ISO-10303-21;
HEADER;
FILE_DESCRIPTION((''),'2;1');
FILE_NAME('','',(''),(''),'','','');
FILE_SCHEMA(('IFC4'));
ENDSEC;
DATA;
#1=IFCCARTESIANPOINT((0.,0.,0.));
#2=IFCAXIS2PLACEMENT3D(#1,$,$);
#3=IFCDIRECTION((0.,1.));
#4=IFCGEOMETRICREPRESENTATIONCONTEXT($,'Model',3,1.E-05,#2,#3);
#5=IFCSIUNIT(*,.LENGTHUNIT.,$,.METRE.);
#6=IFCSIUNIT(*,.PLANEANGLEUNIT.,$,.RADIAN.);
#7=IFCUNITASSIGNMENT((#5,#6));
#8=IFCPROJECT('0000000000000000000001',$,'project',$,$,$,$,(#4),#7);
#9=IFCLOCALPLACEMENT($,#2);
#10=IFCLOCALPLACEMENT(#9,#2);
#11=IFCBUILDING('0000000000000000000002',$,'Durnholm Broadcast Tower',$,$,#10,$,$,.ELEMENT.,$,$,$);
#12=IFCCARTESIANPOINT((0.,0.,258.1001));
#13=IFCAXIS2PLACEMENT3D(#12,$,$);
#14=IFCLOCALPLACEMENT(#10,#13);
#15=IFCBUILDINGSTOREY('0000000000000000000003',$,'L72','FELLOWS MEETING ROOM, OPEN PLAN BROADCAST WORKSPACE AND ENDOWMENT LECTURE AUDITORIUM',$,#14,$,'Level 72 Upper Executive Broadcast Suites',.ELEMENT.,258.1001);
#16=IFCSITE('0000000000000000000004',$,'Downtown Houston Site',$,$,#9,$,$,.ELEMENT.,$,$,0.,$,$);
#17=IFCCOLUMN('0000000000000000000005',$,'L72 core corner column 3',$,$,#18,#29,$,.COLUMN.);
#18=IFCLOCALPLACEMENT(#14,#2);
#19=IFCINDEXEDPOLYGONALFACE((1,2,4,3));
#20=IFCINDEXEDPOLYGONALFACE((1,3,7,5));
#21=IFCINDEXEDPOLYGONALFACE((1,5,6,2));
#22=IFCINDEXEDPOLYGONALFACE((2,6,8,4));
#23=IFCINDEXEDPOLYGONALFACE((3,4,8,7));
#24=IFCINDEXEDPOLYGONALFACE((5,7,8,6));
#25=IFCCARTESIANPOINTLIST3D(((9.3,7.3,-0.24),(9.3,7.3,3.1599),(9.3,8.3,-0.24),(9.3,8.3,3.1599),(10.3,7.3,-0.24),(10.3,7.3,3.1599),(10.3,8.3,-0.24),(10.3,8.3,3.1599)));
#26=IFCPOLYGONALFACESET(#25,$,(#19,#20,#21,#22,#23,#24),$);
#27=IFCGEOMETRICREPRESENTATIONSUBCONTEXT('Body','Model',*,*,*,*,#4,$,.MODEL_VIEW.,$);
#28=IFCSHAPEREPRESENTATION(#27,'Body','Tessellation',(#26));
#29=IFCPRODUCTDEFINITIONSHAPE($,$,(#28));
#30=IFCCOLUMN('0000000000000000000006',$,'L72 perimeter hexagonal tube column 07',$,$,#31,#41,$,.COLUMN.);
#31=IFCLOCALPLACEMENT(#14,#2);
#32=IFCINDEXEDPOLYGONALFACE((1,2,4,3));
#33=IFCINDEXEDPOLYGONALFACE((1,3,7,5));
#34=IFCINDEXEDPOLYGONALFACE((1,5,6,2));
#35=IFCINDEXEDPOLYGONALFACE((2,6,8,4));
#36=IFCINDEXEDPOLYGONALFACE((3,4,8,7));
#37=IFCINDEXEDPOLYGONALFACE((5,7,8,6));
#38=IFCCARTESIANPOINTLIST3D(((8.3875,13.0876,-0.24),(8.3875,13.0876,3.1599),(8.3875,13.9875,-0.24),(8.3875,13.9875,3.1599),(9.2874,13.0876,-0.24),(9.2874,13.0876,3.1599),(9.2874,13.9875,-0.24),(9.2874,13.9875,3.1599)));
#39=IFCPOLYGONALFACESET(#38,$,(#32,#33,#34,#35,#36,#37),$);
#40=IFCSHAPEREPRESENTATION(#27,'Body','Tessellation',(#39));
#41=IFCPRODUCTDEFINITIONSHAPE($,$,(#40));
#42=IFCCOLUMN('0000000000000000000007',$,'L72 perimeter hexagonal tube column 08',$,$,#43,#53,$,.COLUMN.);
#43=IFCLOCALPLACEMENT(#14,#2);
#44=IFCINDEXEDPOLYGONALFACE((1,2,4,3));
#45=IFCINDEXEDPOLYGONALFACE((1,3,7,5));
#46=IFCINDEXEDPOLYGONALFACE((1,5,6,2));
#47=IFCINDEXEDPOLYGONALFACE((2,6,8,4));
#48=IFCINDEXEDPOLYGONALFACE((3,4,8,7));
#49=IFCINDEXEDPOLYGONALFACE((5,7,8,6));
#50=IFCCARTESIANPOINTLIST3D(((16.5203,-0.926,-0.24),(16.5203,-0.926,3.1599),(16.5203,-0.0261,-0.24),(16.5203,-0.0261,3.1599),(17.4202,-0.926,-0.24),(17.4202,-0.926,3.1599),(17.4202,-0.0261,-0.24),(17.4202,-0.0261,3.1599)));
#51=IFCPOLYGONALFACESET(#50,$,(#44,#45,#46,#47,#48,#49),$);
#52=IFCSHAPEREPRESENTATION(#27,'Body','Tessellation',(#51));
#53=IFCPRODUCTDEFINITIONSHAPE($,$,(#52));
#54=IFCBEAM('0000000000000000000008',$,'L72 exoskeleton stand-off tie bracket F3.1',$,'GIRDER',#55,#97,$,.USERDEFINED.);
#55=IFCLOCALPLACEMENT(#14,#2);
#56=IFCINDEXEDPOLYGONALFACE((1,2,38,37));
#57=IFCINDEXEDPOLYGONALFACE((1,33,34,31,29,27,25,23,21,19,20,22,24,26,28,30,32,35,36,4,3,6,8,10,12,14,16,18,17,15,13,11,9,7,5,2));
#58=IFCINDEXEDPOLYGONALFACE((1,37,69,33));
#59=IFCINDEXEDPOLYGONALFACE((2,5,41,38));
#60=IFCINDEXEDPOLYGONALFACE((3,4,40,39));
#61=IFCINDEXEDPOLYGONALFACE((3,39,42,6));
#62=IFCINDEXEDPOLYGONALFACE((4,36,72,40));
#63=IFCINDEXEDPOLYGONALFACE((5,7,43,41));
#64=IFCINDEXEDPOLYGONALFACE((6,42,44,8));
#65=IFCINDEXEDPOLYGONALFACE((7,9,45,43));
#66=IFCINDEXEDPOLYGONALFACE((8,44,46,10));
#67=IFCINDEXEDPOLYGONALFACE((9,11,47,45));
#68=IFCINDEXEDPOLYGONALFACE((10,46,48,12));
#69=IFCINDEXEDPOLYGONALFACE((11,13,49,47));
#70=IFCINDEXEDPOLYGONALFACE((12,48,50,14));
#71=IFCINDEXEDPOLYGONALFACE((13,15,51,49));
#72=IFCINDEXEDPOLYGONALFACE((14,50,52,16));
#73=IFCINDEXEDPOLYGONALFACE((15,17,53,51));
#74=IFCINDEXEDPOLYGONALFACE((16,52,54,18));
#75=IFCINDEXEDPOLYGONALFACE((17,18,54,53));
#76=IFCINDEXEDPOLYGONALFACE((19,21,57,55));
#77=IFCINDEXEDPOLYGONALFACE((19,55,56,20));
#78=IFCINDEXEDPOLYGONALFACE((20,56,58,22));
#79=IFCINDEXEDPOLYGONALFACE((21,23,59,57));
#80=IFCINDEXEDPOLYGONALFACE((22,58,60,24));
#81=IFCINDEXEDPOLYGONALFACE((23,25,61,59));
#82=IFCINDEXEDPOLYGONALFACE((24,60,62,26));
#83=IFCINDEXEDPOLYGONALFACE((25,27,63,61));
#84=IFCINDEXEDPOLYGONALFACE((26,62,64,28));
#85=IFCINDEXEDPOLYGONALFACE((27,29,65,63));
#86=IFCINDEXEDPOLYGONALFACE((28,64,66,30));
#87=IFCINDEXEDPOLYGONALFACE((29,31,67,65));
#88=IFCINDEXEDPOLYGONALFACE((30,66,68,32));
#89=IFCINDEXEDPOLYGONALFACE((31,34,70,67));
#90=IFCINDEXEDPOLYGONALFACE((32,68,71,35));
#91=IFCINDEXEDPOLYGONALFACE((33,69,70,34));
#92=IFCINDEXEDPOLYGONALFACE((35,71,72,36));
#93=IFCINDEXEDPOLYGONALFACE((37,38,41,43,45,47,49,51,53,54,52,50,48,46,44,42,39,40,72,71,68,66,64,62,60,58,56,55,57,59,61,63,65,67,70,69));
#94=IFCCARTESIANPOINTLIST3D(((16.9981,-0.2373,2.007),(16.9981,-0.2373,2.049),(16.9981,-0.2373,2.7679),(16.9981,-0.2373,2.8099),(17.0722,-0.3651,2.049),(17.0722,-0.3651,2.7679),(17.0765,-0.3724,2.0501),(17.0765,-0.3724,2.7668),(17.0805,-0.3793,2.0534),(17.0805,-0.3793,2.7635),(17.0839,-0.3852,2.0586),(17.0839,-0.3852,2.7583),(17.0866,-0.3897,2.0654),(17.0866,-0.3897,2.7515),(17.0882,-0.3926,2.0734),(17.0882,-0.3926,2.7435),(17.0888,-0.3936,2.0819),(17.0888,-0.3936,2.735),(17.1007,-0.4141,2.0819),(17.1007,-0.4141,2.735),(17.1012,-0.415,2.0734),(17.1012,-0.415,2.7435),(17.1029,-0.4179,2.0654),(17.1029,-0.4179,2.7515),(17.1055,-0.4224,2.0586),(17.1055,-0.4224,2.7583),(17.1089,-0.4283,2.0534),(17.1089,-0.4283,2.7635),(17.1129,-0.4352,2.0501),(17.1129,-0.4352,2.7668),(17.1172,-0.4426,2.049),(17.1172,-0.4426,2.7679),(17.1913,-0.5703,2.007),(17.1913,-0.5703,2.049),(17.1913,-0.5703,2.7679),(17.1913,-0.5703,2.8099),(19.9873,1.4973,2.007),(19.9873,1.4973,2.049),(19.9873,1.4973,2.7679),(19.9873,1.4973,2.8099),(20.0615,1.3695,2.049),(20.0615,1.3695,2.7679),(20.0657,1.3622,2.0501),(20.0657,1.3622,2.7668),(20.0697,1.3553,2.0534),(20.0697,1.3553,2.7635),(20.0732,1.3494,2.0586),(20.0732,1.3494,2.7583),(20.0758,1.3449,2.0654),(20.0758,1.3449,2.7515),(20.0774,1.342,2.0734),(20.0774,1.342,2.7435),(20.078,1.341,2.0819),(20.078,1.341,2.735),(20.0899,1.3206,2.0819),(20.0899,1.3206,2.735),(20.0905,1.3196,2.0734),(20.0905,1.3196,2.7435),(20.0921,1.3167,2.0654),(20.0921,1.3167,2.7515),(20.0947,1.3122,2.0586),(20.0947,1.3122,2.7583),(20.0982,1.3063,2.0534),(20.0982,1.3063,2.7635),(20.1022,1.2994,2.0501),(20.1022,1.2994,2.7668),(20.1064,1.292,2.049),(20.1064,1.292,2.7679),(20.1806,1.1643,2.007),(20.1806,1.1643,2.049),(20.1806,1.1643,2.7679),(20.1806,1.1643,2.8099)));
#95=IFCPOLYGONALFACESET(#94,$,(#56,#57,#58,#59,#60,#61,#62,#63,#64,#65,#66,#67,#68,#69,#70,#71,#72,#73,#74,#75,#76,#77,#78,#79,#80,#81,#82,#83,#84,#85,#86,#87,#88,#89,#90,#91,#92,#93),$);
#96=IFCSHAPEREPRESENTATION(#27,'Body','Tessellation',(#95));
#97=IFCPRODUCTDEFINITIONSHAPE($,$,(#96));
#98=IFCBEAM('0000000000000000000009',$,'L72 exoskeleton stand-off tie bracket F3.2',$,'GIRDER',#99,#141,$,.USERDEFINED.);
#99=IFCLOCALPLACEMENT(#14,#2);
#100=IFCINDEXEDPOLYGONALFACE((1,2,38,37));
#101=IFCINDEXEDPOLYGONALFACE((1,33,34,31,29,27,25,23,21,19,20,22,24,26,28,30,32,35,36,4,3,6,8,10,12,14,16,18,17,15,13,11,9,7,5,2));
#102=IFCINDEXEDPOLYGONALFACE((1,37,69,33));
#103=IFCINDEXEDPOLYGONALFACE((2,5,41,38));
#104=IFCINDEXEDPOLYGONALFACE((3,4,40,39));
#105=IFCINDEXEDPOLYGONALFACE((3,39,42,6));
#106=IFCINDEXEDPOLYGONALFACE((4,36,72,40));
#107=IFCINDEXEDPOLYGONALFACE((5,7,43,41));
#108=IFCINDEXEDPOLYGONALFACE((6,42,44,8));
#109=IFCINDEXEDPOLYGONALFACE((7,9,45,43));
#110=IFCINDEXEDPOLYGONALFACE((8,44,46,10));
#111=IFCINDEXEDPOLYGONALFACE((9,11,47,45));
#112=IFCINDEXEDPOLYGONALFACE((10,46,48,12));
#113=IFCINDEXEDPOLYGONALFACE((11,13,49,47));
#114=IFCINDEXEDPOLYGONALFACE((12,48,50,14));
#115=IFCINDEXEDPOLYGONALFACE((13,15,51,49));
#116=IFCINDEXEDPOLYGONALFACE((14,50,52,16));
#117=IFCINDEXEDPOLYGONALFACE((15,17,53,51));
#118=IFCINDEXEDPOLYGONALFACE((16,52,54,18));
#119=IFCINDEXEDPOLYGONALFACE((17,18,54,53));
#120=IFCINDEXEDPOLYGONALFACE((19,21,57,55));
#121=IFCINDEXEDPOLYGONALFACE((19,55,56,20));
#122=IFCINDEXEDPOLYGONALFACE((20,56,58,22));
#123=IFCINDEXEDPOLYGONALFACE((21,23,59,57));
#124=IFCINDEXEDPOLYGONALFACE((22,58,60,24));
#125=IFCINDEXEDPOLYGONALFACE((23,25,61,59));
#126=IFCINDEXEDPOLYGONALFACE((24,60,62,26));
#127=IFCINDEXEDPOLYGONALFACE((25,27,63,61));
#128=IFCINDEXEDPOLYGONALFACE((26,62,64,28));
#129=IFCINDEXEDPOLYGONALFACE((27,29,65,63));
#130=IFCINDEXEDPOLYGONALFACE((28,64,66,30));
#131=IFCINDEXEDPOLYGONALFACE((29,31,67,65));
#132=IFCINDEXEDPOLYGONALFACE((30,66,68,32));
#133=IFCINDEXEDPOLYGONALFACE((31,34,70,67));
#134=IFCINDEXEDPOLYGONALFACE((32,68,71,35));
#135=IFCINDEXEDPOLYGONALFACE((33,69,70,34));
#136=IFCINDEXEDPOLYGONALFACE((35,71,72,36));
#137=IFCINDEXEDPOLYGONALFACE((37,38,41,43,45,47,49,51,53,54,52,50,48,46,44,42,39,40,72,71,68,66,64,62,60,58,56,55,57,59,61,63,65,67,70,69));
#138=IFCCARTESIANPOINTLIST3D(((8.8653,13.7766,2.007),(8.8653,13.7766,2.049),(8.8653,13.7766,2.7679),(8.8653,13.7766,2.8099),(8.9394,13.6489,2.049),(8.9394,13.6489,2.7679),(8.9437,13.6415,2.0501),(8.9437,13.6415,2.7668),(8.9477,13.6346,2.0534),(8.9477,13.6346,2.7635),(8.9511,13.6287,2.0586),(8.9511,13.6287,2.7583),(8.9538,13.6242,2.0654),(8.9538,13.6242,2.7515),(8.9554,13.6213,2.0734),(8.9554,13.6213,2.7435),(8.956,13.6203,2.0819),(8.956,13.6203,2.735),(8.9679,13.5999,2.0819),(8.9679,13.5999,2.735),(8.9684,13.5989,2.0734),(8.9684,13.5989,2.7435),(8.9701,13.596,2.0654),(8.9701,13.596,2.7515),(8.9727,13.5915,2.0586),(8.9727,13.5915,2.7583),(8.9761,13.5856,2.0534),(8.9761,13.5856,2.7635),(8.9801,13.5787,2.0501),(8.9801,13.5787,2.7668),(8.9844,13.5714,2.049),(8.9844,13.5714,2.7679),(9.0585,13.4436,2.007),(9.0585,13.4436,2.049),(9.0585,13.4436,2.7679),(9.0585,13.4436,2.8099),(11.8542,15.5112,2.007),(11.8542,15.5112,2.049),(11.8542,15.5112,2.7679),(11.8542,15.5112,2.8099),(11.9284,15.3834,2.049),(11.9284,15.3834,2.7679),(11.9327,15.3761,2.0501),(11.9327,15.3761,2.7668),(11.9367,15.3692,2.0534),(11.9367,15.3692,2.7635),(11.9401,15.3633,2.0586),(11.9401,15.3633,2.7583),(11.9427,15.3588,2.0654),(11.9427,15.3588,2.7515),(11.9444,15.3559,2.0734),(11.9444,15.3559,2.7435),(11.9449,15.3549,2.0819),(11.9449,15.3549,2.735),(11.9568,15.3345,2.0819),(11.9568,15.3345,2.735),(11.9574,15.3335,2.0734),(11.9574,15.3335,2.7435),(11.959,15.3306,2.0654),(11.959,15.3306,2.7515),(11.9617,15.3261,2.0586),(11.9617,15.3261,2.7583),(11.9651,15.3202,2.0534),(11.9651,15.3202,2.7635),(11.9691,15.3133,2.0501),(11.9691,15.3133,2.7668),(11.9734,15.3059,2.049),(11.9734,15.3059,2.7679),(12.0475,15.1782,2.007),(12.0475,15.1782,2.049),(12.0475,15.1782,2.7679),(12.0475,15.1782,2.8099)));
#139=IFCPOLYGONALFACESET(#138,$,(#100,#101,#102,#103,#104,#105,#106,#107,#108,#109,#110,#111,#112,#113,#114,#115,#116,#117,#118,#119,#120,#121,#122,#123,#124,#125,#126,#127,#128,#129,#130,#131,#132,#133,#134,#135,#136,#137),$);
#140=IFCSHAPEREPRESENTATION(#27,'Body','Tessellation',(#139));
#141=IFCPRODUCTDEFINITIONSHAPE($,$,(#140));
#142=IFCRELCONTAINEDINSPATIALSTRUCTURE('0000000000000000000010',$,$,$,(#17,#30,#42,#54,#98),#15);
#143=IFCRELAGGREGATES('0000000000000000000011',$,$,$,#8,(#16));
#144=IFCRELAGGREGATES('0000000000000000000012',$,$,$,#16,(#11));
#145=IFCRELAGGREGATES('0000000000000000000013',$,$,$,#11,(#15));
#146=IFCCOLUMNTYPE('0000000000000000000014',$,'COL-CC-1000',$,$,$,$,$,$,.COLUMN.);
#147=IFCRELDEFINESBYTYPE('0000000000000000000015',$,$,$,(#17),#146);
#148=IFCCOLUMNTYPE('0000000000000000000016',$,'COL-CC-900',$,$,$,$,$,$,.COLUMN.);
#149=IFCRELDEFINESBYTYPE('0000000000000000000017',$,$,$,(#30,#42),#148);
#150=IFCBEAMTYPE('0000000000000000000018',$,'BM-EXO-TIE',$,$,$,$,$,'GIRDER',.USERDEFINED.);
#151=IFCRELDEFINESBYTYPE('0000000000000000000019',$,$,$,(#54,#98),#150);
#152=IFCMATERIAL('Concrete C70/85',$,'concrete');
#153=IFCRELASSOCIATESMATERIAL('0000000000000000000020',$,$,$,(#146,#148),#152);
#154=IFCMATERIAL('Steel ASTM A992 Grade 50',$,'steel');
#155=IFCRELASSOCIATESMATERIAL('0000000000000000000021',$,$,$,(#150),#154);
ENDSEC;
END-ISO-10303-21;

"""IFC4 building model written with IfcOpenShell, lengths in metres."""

from ifc_helpers import new_model, si_unit, direction, frame, origin, origin_2d, place, context, subcontext, project, spatial, rectangle, i_section, extrude, source, transform, mapped, material, material_profile, profile_set, type_object, type_shapes, element, save


model = new_model("IFC4")

# Units and contexts
model_context = context("Model", 3, precision=1e-05, world=origin(), true_north=direction((0.0, 1.0)))
body_context = subcontext(model_context, "Body", "Model", "MODEL_VIEW")
ifc_project = project(units=[si_unit("LENGTHUNIT", "METRE"), si_unit("PLANEANGLEUNIT", "RADIAN")], contexts=[model_context])

# Site, building, storey
site_placement = place(None, origin())
site = spatial("IfcSite", under=ifc_project, at=site_placement, Name="Downtown Houston Site", CompositionType="ELEMENT", RefElevation=0.0)
building_placement = place(site_placement, origin())
building = spatial("IfcBuilding", under=site, at=building_placement, Name="Durnholm Broadcast Tower", CompositionType="ELEMENT")
storey_placement = place(building_placement, frame((0.0, 0.0, 258.1001)))
storey = spatial("IfcBuildingStorey", under=building, at=storey_placement, Name="L72", Description="FELLOWS MEETING ROOM, OPEN PLAN BROADCAST WORKSPACE AND ENDOWMENT LECTURE AUDITORIUM", LongName="Level 72 Upper Executive Broadcast Suites", CompositionType="ELEMENT", Elevation=258.1001)

# Columns
ifc_material_1 = material(Name="Concrete C70/85", Category="concrete")
ifc_material_profile_1 = material_profile(ifc_material_1, rectangle(XDim=1.0, YDim=1.0, at=origin_2d()), Name="RC1000X1000")
ifc_profile_set_1 = profile_set([ifc_material_profile_1], Name="Concrete C70/85")
column_type_1 = type_object("IfcColumnType", Name="COL-CC-1000", PredefinedType="COLUMN", material=ifc_profile_set_1)
shared_shape_1 = source(origin(), body_context, "Body", "SweptSolid", [
    extrude(rectangle(XDim=1.0, YDim=1.0, at=origin_2d()), origin(), (0.0, 0.0, 1.0), 3.3999),
])
type_shapes(column_type_1, [shared_shape_1])
column_placement = place(storey_placement, frame((9.8, 7.8, -0.24), z_axis=(0.0, 0.0, 1.0), x_axis=(1.0, 0.0, 0.0)))
element("IfcColumn", 1, at=column_placement, inside=storey, type_object=column_type_1, Name="L72 core corner column 3", PredefinedType="COLUMN", context=body_context, shape_type="MappedRepresentation", body=[
    mapped(shared_shape_1, transform((0.0, 0.0, 0.0), x_axis=(1.0, 0.0, 0.0), y_axis=(0.0, 1.0, 0.0), z_axis=(0.0, 0.0, 1.0), scale=1.0)),
])
ifc_material_profile_2 = material_profile(ifc_material_1, rectangle(XDim=0.8999, YDim=0.8999, at=origin_2d()), Name="RC900X900")
ifc_profile_set_2 = profile_set([ifc_material_profile_2], Name="Concrete C70/85")
column_type_2 = type_object("IfcColumnType", Name="COL-CC-900", PredefinedType="COLUMN", material=ifc_profile_set_2)
shared_shape_2 = source(origin(), body_context, "Body", "SweptSolid", [
    extrude(rectangle(XDim=0.8999, YDim=0.8999, at=origin_2d()), origin(), (0.0, 0.0, 1.0), 3.3999),
])
type_shapes(column_type_2, [shared_shape_2])
for number, where, z_axis, x_axis, name in (
    (2, (8.8374, 13.5376, -0.24), (0.0, 0.0, 1.0), (1.0, 0.0, 0.0), "L72 perimeter hexagonal tube column 07"),
    (3, (16.9702, -0.4761, -0.24), (0.0, 0.0, 1.0), (1.0, 0.0, 0.0), "L72 perimeter hexagonal tube column 08"),
):
    element("IfcColumn", number, at=place(storey_placement, frame(where, z_axis=z_axis, x_axis=x_axis)), inside=storey, type_object=column_type_2, Name=name, PredefinedType="COLUMN", context=body_context, shape_type="MappedRepresentation", body=[
        mapped(shared_shape_2, transform((0.0, 0.0, 0.0), x_axis=(1.0, 0.0, 0.0), y_axis=(0.0, 1.0, 0.0), z_axis=(0.0, 0.0, 1.0), scale=1.0)),
    ])

# Beams
ifc_material_2 = material(Name="Steel ASTM A992 Grade 50", Category="steel")
ifc_material_profile_3 = material_profile(ifc_material_2, i_section(OverallWidth=0.385, OverallDepth=0.803, WebThickness=0.0237, FlangeThickness=0.042, FilletRadius=0.033, at=origin_2d()), Name="W30X261")
ifc_profile_set_3 = profile_set([ifc_material_profile_3], Name="Steel ASTM A992 Grade 50")
beam_type_1 = type_object("IfcBeamType", Name="BM-EXO-TIE", ElementType="GIRDER", PredefinedType="USERDEFINED", material=ifc_profile_set_3)
shared_shape_3 = source(origin(), body_context, "Body", "SweptSolid", [
    extrude(i_section(OverallWidth=0.385, OverallDepth=0.803, WebThickness=0.0237, FlangeThickness=0.042, FilletRadius=0.033, at=origin_2d()), origin(), (0.0, 0.0, 1.0), 3.4561),
])
beam_1_placement = place(storey_placement, frame((17.0947, -0.4038, 2.4084), z_axis=(0.864924, 0.501902, 0.0), x_axis=(-0.501902, 0.864924, 0.0)))
element("IfcBeam", 4, at=beam_1_placement, inside=storey, type_object=beam_type_1, Name="L72 exoskeleton stand-off tie bracket F3.1", ObjectType="GIRDER", PredefinedType="USERDEFINED", context=body_context, shape_type="MappedRepresentation", body=[
    mapped(shared_shape_3, transform((0.0, 0.0, 0.0), x_axis=(1.0, 0.0, 0.0), y_axis=(0.0, 1.0, 0.0), z_axis=(0.0, 0.0, 1.0), scale=1.0)),
])
shared_shape_4 = source(origin(), body_context, "Body", "SweptSolid", [
    extrude(i_section(OverallWidth=0.385, OverallDepth=0.803, WebThickness=0.0237, FlangeThickness=0.042, FilletRadius=0.033, at=origin_2d()), origin(), (0.0, 0.0, 1.0), 3.4558),
])
beam_2_placement = place(storey_placement, frame((8.9619, 13.6101, 2.4084), z_axis=(0.864907, 0.501933, 0.0), x_axis=(-0.501933, 0.864907, 0.0)))
element("IfcBeam", 5, at=beam_2_placement, inside=storey, type_object=beam_type_1, Name="L72 exoskeleton stand-off tie bracket F3.2", ObjectType="GIRDER", PredefinedType="USERDEFINED", context=body_context, shape_type="MappedRepresentation", body=[
    mapped(shared_shape_4, transform((0.0, 0.0, 0.0), x_axis=(1.0, 0.0, 0.0), y_axis=(0.0, 1.0, 0.0), z_axis=(0.0, 0.0, 1.0), scale=1.0)),
])

save(model, "model.ifc")
